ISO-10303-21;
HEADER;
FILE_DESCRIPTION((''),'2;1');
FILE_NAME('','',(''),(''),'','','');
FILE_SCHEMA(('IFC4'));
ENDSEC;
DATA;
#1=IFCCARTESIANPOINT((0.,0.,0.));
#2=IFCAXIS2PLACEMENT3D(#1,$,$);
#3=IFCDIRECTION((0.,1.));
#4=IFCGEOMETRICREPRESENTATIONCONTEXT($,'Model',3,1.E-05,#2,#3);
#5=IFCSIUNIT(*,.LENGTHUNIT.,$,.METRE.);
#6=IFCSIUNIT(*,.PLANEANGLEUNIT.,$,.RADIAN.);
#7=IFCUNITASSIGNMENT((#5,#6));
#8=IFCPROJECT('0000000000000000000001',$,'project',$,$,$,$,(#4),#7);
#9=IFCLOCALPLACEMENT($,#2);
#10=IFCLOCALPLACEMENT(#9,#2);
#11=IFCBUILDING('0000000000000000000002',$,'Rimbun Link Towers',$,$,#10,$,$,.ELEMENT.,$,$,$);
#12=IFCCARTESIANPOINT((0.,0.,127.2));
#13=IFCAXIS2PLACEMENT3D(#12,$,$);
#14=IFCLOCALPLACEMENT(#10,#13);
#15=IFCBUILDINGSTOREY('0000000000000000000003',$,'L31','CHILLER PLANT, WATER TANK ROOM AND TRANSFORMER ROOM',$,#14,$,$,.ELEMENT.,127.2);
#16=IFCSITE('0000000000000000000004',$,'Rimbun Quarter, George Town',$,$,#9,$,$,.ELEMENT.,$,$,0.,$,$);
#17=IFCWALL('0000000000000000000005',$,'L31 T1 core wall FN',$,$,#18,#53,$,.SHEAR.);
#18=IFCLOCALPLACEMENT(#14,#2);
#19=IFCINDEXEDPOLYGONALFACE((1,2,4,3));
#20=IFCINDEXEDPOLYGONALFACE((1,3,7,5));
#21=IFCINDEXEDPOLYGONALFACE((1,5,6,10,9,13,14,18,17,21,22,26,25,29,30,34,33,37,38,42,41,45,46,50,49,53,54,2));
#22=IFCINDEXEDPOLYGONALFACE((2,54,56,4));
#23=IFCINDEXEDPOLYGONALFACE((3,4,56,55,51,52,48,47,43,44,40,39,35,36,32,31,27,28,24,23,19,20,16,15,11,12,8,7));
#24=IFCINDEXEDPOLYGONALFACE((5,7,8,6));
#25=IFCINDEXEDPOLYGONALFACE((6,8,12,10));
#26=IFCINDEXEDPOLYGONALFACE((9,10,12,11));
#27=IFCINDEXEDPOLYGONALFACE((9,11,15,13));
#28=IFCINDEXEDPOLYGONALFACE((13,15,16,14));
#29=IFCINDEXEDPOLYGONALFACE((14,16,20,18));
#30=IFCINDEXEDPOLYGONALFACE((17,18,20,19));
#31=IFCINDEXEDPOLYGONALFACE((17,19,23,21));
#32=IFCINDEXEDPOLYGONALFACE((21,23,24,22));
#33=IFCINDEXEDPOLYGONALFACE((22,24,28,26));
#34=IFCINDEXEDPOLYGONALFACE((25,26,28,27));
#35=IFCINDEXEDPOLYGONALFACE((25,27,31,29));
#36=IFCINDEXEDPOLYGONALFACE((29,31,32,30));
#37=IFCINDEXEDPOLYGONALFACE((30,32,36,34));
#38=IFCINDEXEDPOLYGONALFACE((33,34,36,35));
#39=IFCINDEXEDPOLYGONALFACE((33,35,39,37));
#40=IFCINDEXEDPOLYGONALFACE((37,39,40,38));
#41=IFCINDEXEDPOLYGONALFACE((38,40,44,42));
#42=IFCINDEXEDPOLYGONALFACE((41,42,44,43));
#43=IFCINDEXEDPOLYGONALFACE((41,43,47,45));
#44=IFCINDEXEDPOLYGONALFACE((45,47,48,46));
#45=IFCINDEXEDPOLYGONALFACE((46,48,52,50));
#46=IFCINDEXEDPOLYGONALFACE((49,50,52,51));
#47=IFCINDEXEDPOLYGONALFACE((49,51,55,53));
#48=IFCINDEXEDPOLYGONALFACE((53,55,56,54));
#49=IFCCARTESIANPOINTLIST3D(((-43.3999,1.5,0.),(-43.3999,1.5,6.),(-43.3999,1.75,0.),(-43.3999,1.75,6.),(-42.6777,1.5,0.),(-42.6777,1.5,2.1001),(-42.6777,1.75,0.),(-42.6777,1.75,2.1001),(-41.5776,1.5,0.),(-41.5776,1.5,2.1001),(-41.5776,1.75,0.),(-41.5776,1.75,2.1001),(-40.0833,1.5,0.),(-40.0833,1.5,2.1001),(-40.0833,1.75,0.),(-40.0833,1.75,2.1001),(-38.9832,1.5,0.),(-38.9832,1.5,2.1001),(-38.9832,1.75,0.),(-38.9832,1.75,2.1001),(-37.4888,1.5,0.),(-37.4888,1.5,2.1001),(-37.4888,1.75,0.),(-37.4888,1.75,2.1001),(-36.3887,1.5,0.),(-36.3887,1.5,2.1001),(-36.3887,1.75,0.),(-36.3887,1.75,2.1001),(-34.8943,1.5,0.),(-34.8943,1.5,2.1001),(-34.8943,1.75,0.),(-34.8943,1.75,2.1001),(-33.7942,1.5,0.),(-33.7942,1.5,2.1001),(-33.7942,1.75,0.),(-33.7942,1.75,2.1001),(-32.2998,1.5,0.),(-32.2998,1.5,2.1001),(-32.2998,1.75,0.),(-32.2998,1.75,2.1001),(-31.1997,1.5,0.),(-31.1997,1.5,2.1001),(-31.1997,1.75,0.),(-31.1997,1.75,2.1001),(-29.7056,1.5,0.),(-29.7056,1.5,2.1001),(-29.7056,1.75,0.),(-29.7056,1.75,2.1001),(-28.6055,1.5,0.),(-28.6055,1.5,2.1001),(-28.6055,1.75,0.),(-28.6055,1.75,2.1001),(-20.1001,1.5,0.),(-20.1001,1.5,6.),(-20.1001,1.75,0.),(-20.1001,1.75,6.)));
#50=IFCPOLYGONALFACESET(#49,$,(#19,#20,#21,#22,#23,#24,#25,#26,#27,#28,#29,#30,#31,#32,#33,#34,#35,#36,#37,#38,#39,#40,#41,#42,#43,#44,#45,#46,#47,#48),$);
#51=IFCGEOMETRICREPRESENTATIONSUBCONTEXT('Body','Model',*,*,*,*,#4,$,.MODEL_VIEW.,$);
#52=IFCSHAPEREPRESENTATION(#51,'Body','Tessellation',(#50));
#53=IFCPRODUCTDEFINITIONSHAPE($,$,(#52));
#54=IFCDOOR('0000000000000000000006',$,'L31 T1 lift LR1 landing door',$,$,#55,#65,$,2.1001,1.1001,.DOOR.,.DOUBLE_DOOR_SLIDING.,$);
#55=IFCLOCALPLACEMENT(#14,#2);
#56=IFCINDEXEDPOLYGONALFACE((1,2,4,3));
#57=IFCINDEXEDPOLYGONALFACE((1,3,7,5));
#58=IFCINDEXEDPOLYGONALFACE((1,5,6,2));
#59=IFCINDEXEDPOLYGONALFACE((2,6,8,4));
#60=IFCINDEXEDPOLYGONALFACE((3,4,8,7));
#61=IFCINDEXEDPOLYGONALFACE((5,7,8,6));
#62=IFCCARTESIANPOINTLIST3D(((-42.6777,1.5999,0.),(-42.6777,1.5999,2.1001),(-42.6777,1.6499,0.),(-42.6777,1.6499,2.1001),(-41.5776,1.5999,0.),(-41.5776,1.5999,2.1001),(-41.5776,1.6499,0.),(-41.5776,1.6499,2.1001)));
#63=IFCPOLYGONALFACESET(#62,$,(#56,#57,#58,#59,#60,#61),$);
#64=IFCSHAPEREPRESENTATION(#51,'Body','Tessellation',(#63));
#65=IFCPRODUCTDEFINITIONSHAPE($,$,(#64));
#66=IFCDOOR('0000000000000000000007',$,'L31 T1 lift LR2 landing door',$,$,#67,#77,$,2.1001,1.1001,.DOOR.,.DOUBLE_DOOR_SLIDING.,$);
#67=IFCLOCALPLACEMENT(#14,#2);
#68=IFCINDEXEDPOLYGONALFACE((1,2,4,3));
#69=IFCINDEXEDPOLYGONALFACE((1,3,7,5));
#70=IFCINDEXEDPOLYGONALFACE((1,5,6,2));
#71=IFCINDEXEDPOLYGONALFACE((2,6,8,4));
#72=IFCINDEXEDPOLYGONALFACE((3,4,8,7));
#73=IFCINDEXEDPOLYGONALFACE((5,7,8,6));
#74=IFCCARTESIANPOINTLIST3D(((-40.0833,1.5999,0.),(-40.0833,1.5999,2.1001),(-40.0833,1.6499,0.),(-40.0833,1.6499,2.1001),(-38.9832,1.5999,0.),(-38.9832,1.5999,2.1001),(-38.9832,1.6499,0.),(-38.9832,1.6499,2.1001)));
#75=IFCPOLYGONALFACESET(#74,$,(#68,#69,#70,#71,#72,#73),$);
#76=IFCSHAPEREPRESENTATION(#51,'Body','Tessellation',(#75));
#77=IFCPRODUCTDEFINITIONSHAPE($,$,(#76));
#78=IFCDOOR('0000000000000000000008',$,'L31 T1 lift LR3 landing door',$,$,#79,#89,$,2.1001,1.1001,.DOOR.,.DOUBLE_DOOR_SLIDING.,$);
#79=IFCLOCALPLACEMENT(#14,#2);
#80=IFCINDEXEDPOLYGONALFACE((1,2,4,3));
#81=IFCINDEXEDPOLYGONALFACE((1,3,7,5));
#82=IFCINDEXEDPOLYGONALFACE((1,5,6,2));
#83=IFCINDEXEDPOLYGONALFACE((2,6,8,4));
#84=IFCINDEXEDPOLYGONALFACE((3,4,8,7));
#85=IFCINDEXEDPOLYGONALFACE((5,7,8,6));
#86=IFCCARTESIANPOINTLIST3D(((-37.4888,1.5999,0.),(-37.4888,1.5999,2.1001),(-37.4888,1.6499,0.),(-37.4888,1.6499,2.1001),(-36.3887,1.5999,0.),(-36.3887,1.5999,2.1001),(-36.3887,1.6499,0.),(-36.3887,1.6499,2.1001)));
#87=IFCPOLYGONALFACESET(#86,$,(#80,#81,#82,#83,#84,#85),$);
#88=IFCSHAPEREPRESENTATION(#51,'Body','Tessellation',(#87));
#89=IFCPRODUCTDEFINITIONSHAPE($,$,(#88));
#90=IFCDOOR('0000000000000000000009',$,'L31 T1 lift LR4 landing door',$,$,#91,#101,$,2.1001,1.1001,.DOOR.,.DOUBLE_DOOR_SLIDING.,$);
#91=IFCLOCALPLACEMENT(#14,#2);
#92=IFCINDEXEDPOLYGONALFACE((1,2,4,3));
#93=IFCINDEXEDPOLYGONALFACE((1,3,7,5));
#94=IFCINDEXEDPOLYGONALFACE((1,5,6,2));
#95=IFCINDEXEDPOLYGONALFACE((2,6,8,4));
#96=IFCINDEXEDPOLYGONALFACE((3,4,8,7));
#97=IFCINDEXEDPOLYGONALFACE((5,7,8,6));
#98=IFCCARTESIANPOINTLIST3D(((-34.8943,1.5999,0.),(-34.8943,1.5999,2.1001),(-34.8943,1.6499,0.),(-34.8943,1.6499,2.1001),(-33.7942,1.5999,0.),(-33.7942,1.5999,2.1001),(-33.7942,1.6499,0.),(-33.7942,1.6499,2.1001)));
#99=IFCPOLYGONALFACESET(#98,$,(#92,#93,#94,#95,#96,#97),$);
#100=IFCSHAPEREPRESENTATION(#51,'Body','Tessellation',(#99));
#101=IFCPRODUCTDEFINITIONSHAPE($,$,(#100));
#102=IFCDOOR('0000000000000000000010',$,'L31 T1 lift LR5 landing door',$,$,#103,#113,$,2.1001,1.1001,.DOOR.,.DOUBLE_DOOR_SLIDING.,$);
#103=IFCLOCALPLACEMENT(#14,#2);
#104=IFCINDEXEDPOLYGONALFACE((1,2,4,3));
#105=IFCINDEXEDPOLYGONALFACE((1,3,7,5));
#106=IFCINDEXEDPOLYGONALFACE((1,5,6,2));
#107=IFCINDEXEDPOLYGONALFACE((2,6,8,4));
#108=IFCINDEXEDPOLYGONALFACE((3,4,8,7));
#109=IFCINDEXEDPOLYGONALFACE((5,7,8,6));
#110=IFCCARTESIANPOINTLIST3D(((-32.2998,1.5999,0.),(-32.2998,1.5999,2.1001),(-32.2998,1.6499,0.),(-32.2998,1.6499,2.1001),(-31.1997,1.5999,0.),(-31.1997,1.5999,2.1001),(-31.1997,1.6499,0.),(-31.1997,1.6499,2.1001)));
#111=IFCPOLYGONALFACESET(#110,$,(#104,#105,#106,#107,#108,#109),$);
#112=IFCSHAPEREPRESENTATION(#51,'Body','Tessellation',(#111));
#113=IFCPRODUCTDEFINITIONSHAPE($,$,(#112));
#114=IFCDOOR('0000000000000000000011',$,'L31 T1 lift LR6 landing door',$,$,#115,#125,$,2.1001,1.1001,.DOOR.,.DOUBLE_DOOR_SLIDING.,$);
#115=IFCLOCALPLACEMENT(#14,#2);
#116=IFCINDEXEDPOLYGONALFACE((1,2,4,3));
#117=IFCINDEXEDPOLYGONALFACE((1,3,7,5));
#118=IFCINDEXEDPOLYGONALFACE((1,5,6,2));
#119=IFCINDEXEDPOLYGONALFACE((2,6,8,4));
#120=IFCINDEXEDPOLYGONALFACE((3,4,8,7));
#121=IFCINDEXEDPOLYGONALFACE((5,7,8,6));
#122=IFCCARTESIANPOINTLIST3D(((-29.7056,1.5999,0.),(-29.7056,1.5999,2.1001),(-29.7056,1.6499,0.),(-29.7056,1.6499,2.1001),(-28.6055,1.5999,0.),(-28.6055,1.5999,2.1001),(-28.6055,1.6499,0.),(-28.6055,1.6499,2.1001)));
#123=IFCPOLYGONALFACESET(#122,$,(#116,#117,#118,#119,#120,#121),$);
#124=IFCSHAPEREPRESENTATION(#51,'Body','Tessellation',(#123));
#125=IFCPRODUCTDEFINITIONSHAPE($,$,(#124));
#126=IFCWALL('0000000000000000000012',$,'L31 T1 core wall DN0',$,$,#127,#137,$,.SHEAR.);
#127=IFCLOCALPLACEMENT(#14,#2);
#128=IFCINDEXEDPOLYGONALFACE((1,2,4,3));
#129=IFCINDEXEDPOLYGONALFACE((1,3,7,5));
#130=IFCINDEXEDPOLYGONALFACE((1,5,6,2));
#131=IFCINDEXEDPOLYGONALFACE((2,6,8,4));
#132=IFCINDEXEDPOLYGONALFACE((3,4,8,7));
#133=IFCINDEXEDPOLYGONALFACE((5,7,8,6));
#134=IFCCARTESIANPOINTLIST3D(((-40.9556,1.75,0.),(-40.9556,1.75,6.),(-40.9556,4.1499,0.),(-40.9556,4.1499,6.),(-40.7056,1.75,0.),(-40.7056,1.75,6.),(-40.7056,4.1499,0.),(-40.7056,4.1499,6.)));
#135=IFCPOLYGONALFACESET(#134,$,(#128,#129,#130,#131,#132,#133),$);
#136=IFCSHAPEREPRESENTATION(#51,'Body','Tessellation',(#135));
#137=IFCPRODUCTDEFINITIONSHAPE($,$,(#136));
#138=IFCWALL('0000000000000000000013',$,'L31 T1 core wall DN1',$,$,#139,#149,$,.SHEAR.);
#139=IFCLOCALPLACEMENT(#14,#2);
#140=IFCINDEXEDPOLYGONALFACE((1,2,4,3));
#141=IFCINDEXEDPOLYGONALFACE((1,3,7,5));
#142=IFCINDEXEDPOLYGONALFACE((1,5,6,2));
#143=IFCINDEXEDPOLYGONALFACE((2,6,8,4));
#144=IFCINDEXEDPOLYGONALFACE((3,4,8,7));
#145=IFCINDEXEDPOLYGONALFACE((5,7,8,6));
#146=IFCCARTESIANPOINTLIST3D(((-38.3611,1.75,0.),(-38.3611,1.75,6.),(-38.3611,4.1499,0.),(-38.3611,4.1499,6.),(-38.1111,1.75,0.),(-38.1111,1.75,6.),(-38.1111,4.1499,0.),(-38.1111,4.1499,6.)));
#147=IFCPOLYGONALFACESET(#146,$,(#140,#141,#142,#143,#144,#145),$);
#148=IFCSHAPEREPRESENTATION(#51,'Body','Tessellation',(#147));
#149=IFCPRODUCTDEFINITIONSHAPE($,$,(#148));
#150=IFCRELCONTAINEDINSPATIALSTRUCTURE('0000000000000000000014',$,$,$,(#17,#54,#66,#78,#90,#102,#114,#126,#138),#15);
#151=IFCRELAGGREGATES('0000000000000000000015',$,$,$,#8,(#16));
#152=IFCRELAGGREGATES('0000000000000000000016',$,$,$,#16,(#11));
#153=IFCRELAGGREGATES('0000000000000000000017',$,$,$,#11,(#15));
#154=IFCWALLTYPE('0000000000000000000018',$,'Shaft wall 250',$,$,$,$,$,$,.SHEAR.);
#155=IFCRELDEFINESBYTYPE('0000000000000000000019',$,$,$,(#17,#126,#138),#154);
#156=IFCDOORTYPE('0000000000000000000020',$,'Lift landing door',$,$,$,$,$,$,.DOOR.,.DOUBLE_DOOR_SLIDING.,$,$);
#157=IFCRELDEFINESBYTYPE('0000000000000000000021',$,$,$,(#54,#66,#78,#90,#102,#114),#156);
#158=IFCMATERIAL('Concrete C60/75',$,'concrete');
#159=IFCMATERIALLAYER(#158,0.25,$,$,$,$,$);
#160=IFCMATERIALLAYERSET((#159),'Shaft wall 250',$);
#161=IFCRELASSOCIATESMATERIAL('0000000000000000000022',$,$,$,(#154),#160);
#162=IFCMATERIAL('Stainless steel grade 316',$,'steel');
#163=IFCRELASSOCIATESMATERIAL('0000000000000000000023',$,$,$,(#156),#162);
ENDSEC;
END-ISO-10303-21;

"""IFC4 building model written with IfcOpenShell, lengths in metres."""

from ifc_helpers import new_model, si_unit, direction, frame, frame_2d, origin, place, context, subcontext, project, spatial, rectangle, extrude, material, layer, layer_set, type_object, element, fill, save


model = new_model("IFC4")

# Units and contexts
model_context = context("Model", 3, precision=1e-05, world=origin(), true_north=direction((0.0, 1.0)))
body_context = subcontext(model_context, "Body", "Model", "MODEL_VIEW")
ifc_project = project(units=[si_unit("LENGTHUNIT", "METRE"), si_unit("PLANEANGLEUNIT", "RADIAN")], contexts=[model_context])

# Site, building, storey
site_placement = place(None, origin())
site = spatial("IfcSite", under=ifc_project, at=site_placement, Name="Rimbun Quarter, George Town", CompositionType="ELEMENT", RefElevation=0.0)
building_placement = place(site_placement, origin())
building = spatial("IfcBuilding", under=site, at=building_placement, Name="Rimbun Link Towers", CompositionType="ELEMENT")
storey_placement = place(building_placement, frame((0.0, 0.0, 127.2)))
storey = spatial("IfcBuildingStorey", under=building, at=storey_placement, Name="L31", Description="CHILLER PLANT, WATER TANK ROOM AND TRANSFORMER ROOM", CompositionType="ELEMENT", Elevation=127.2)

# Shared definitions
ifc_material_1 = material(Name="Concrete C60/75", Category="concrete")
ifc_layer_1 = layer(ifc_material_1, 0.25)
ifc_layer_set_1 = layer_set([ifc_layer_1], Name="Shaft wall 250")
wall_type_1 = type_object("IfcWallType", Name="Shaft wall 250", PredefinedType="SHEAR", material=ifc_layer_set_1)

# Wall, openings, doors
wall_1_placement = place(storey_placement, frame((-43.3999, 1.625, 0.0), z_axis=(0.0, 0.0, 1.0), x_axis=(1.0, 0.0, 0.0)))
wall_1 = element("IfcWall", 1, at=wall_1_placement, inside=storey, type_object=wall_type_1, Name="L31 T1 core wall FN", PredefinedType="SHEAR", context=body_context, shape_type="SweptSolid", body=[
    extrude(rectangle(XDim=23.2998, YDim=0.25, at=frame_2d((11.6499, 0.0))), origin(), (0.0, 0.0, 1.0), 6.0),
])
opening_1_placement = place(wall_1_placement, frame((0.7222, 0.0, 0.0)))
opening_1 = element("IfcOpeningElement", 2, at=opening_1_placement, cuts=wall_1, PredefinedType="OPENING", context=body_context, shape_type="SweptSolid", body=[
    extrude(rectangle(XDim=1.1001, YDim=2.1001, at=frame_2d((0.55, 1.05))), frame((0.0, 0.135, 0.0), z_axis=(0.0, -1.0, 0.0), x_axis=(1.0, 0.0, 0.0)), (0.0, 0.0, 1.0), 0.27),
])
opening_2_placement = place(wall_1_placement, frame((3.3167, 0.0, 0.0)))
opening_2 = element("IfcOpeningElement", 3, at=opening_2_placement, cuts=wall_1, PredefinedType="OPENING", context=body_context, shape_type="SweptSolid", body=[
    extrude(rectangle(XDim=1.1001, YDim=2.1001, at=frame_2d((0.55, 1.05))), frame((0.0, 0.135, 0.0), z_axis=(0.0, -1.0, 0.0), x_axis=(1.0, 0.0, 0.0)), (0.0, 0.0, 1.0), 0.27),
])
opening_3_placement = place(wall_1_placement, frame((5.9111, 0.0, 0.0)))
opening_3 = element("IfcOpeningElement", 4, at=opening_3_placement, cuts=wall_1, PredefinedType="OPENING", context=body_context, shape_type="SweptSolid", body=[
    extrude(rectangle(XDim=1.1001, YDim=2.1001, at=frame_2d((0.55, 1.05))), frame((0.0, 0.135, 0.0), z_axis=(0.0, -1.0, 0.0), x_axis=(1.0, 0.0, 0.0)), (0.0, 0.0, 1.0), 0.27),
])
opening_4_placement = place(wall_1_placement, frame((8.5056, 0.0, 0.0)))
opening_4 = element("IfcOpeningElement", 5, at=opening_4_placement, cuts=wall_1, PredefinedType="OPENING", context=body_context, shape_type="SweptSolid", body=[
    extrude(rectangle(XDim=1.1001, YDim=2.1001, at=frame_2d((0.55, 1.05))), frame((0.0, 0.135, 0.0), z_axis=(0.0, -1.0, 0.0), x_axis=(1.0, 0.0, 0.0)), (0.0, 0.0, 1.0), 0.27),
])
opening_5_placement = place(wall_1_placement, frame((11.1001, 0.0, 0.0)))
opening_5 = element("IfcOpeningElement", 6, at=opening_5_placement, cuts=wall_1, PredefinedType="OPENING", context=body_context, shape_type="SweptSolid", body=[
    extrude(rectangle(XDim=1.1001, YDim=2.1001, at=frame_2d((0.55, 1.05))), frame((0.0, 0.135, 0.0), z_axis=(0.0, -1.0, 0.0), x_axis=(1.0, 0.0, 0.0)), (0.0, 0.0, 1.0), 0.27),
])
opening_6_placement = place(wall_1_placement, frame((13.6943, 0.0, 0.0)))
opening_6 = element("IfcOpeningElement", 7, at=opening_6_placement, cuts=wall_1, PredefinedType="OPENING", context=body_context, shape_type="SweptSolid", body=[
    extrude(rectangle(XDim=1.1001, YDim=2.1001, at=frame_2d((0.55, 1.05))), frame((0.0, 0.135, 0.0), z_axis=(0.0, -1.0, 0.0), x_axis=(1.0, 0.0, 0.0)), (0.0, 0.0, 1.0), 0.27),
])
ifc_material_2 = material(Name="Stainless steel grade 316", Category="steel")
door_type_1 = type_object("IfcDoorType", Name="Lift landing door", OperationType="DOUBLE_DOOR_SLIDING", PredefinedType="DOOR", material=ifc_material_2)
door_1_placement = place(opening_1_placement, origin())
door_1 = element("IfcDoor", 8, at=door_1_placement, inside=storey, type_object=door_type_1, Name="L31 T1 lift LR1 landing door", OperationType="DOUBLE_DOOR_SLIDING", OverallHeight=2.1001, OverallWidth=1.1001, PredefinedType="DOOR", context=body_context, shape_type="SweptSolid", body=[
    extrude(rectangle(XDim=1.1001, YDim=2.1001, at=frame_2d((0.55, 1.05))), frame((0.0, 0.0249, 0.0), z_axis=(0.0, -1.0, 0.0), x_axis=(1.0, 0.0, 0.0)), (0.0, 0.0, 1.0), 0.05),
])
fill(opening_1, door_1)
door_2_placement = place(opening_2_placement, origin())
door_2 = element("IfcDoor", 9, at=door_2_placement, inside=storey, type_object=door_type_1, Name="L31 T1 lift LR2 landing door", OperationType="DOUBLE_DOOR_SLIDING", OverallHeight=2.1001, OverallWidth=1.1001, PredefinedType="DOOR", context=body_context, shape_type="SweptSolid", body=[
    extrude(rectangle(XDim=1.1001, YDim=2.1001, at=frame_2d((0.55, 1.05))), frame((0.0, 0.0249, 0.0), z_axis=(0.0, -1.0, 0.0), x_axis=(1.0, 0.0, 0.0)), (0.0, 0.0, 1.0), 0.05),
])
fill(opening_2, door_2)
door_3_placement = place(opening_3_placement, origin())
door_3 = element("IfcDoor", 10, at=door_3_placement, inside=storey, type_object=door_type_1, Name="L31 T1 lift LR3 landing door", OperationType="DOUBLE_DOOR_SLIDING", OverallHeight=2.1001, OverallWidth=1.1001, PredefinedType="DOOR", context=body_context, shape_type="SweptSolid", body=[
    extrude(rectangle(XDim=1.1001, YDim=2.1001, at=frame_2d((0.55, 1.05))), frame((0.0, 0.0249, 0.0), z_axis=(0.0, -1.0, 0.0), x_axis=(1.0, 0.0, 0.0)), (0.0, 0.0, 1.0), 0.05),
])
fill(opening_3, door_3)
door_4_placement = place(opening_4_placement, origin())
door_4 = element("IfcDoor", 11, at=door_4_placement, inside=storey, type_object=door_type_1, Name="L31 T1 lift LR4 landing door", OperationType="DOUBLE_DOOR_SLIDING", OverallHeight=2.1001, OverallWidth=1.1001, PredefinedType="DOOR", context=body_context, shape_type="SweptSolid", body=[
    extrude(rectangle(XDim=1.1001, YDim=2.1001, at=frame_2d((0.55, 1.05))), frame((0.0, 0.0249, 0.0), z_axis=(0.0, -1.0, 0.0), x_axis=(1.0, 0.0, 0.0)), (0.0, 0.0, 1.0), 0.05),
])
fill(opening_4, door_4)
door_5_placement = place(opening_5_placement, origin())
door_5 = element("IfcDoor", 12, at=door_5_placement, inside=storey, type_object=door_type_1, Name="L31 T1 lift LR5 landing door", OperationType="DOUBLE_DOOR_SLIDING", OverallHeight=2.1001, OverallWidth=1.1001, PredefinedType="DOOR", context=body_context, shape_type="SweptSolid", body=[
    extrude(rectangle(XDim=1.1001, YDim=2.1001, at=frame_2d((0.55, 1.05))), frame((0.0, 0.0249, 0.0), z_axis=(0.0, -1.0, 0.0), x_axis=(1.0, 0.0, 0.0)), (0.0, 0.0, 1.0), 0.05),
])
fill(opening_5, door_5)
door_6_placement = place(opening_6_placement, origin())
door_6 = element("IfcDoor", 13, at=door_6_placement, inside=storey, type_object=door_type_1, Name="L31 T1 lift LR6 landing door", OperationType="DOUBLE_DOOR_SLIDING", OverallHeight=2.1001, OverallWidth=1.1001, PredefinedType="DOOR", context=body_context, shape_type="SweptSolid", body=[
    extrude(rectangle(XDim=1.1001, YDim=2.1001, at=frame_2d((0.55, 1.05))), frame((0.0, 0.0249, 0.0), z_axis=(0.0, -1.0, 0.0), x_axis=(1.0, 0.0, 0.0)), (0.0, 0.0, 1.0), 0.05),
])
fill(opening_6, door_6)

# Walls
for number, where, z_axis, x_axis, name in (
    (14, (-40.8306, 1.75, 0.0), (0.0, 0.0, 1.0), (0.0, 1.0, 0.0), "L31 T1 core wall DN0"),
    (15, (-38.2361, 1.75, 0.0), (0.0, 0.0, 1.0), (0.0, 1.0, 0.0), "L31 T1 core wall DN1"),
):
    element("IfcWall", number, at=place(storey_placement, frame(where, z_axis=z_axis, x_axis=x_axis)), inside=storey, type_object=wall_type_1, Name=name, PredefinedType="SHEAR", context=body_context, shape_type="SweptSolid", body=[
        extrude(rectangle(XDim=2.3999, YDim=0.25, at=frame_2d((1.2, 0.0))), origin(), (0.0, 0.0, 1.0), 6.0),
    ])

save(model, "model.ifc")
